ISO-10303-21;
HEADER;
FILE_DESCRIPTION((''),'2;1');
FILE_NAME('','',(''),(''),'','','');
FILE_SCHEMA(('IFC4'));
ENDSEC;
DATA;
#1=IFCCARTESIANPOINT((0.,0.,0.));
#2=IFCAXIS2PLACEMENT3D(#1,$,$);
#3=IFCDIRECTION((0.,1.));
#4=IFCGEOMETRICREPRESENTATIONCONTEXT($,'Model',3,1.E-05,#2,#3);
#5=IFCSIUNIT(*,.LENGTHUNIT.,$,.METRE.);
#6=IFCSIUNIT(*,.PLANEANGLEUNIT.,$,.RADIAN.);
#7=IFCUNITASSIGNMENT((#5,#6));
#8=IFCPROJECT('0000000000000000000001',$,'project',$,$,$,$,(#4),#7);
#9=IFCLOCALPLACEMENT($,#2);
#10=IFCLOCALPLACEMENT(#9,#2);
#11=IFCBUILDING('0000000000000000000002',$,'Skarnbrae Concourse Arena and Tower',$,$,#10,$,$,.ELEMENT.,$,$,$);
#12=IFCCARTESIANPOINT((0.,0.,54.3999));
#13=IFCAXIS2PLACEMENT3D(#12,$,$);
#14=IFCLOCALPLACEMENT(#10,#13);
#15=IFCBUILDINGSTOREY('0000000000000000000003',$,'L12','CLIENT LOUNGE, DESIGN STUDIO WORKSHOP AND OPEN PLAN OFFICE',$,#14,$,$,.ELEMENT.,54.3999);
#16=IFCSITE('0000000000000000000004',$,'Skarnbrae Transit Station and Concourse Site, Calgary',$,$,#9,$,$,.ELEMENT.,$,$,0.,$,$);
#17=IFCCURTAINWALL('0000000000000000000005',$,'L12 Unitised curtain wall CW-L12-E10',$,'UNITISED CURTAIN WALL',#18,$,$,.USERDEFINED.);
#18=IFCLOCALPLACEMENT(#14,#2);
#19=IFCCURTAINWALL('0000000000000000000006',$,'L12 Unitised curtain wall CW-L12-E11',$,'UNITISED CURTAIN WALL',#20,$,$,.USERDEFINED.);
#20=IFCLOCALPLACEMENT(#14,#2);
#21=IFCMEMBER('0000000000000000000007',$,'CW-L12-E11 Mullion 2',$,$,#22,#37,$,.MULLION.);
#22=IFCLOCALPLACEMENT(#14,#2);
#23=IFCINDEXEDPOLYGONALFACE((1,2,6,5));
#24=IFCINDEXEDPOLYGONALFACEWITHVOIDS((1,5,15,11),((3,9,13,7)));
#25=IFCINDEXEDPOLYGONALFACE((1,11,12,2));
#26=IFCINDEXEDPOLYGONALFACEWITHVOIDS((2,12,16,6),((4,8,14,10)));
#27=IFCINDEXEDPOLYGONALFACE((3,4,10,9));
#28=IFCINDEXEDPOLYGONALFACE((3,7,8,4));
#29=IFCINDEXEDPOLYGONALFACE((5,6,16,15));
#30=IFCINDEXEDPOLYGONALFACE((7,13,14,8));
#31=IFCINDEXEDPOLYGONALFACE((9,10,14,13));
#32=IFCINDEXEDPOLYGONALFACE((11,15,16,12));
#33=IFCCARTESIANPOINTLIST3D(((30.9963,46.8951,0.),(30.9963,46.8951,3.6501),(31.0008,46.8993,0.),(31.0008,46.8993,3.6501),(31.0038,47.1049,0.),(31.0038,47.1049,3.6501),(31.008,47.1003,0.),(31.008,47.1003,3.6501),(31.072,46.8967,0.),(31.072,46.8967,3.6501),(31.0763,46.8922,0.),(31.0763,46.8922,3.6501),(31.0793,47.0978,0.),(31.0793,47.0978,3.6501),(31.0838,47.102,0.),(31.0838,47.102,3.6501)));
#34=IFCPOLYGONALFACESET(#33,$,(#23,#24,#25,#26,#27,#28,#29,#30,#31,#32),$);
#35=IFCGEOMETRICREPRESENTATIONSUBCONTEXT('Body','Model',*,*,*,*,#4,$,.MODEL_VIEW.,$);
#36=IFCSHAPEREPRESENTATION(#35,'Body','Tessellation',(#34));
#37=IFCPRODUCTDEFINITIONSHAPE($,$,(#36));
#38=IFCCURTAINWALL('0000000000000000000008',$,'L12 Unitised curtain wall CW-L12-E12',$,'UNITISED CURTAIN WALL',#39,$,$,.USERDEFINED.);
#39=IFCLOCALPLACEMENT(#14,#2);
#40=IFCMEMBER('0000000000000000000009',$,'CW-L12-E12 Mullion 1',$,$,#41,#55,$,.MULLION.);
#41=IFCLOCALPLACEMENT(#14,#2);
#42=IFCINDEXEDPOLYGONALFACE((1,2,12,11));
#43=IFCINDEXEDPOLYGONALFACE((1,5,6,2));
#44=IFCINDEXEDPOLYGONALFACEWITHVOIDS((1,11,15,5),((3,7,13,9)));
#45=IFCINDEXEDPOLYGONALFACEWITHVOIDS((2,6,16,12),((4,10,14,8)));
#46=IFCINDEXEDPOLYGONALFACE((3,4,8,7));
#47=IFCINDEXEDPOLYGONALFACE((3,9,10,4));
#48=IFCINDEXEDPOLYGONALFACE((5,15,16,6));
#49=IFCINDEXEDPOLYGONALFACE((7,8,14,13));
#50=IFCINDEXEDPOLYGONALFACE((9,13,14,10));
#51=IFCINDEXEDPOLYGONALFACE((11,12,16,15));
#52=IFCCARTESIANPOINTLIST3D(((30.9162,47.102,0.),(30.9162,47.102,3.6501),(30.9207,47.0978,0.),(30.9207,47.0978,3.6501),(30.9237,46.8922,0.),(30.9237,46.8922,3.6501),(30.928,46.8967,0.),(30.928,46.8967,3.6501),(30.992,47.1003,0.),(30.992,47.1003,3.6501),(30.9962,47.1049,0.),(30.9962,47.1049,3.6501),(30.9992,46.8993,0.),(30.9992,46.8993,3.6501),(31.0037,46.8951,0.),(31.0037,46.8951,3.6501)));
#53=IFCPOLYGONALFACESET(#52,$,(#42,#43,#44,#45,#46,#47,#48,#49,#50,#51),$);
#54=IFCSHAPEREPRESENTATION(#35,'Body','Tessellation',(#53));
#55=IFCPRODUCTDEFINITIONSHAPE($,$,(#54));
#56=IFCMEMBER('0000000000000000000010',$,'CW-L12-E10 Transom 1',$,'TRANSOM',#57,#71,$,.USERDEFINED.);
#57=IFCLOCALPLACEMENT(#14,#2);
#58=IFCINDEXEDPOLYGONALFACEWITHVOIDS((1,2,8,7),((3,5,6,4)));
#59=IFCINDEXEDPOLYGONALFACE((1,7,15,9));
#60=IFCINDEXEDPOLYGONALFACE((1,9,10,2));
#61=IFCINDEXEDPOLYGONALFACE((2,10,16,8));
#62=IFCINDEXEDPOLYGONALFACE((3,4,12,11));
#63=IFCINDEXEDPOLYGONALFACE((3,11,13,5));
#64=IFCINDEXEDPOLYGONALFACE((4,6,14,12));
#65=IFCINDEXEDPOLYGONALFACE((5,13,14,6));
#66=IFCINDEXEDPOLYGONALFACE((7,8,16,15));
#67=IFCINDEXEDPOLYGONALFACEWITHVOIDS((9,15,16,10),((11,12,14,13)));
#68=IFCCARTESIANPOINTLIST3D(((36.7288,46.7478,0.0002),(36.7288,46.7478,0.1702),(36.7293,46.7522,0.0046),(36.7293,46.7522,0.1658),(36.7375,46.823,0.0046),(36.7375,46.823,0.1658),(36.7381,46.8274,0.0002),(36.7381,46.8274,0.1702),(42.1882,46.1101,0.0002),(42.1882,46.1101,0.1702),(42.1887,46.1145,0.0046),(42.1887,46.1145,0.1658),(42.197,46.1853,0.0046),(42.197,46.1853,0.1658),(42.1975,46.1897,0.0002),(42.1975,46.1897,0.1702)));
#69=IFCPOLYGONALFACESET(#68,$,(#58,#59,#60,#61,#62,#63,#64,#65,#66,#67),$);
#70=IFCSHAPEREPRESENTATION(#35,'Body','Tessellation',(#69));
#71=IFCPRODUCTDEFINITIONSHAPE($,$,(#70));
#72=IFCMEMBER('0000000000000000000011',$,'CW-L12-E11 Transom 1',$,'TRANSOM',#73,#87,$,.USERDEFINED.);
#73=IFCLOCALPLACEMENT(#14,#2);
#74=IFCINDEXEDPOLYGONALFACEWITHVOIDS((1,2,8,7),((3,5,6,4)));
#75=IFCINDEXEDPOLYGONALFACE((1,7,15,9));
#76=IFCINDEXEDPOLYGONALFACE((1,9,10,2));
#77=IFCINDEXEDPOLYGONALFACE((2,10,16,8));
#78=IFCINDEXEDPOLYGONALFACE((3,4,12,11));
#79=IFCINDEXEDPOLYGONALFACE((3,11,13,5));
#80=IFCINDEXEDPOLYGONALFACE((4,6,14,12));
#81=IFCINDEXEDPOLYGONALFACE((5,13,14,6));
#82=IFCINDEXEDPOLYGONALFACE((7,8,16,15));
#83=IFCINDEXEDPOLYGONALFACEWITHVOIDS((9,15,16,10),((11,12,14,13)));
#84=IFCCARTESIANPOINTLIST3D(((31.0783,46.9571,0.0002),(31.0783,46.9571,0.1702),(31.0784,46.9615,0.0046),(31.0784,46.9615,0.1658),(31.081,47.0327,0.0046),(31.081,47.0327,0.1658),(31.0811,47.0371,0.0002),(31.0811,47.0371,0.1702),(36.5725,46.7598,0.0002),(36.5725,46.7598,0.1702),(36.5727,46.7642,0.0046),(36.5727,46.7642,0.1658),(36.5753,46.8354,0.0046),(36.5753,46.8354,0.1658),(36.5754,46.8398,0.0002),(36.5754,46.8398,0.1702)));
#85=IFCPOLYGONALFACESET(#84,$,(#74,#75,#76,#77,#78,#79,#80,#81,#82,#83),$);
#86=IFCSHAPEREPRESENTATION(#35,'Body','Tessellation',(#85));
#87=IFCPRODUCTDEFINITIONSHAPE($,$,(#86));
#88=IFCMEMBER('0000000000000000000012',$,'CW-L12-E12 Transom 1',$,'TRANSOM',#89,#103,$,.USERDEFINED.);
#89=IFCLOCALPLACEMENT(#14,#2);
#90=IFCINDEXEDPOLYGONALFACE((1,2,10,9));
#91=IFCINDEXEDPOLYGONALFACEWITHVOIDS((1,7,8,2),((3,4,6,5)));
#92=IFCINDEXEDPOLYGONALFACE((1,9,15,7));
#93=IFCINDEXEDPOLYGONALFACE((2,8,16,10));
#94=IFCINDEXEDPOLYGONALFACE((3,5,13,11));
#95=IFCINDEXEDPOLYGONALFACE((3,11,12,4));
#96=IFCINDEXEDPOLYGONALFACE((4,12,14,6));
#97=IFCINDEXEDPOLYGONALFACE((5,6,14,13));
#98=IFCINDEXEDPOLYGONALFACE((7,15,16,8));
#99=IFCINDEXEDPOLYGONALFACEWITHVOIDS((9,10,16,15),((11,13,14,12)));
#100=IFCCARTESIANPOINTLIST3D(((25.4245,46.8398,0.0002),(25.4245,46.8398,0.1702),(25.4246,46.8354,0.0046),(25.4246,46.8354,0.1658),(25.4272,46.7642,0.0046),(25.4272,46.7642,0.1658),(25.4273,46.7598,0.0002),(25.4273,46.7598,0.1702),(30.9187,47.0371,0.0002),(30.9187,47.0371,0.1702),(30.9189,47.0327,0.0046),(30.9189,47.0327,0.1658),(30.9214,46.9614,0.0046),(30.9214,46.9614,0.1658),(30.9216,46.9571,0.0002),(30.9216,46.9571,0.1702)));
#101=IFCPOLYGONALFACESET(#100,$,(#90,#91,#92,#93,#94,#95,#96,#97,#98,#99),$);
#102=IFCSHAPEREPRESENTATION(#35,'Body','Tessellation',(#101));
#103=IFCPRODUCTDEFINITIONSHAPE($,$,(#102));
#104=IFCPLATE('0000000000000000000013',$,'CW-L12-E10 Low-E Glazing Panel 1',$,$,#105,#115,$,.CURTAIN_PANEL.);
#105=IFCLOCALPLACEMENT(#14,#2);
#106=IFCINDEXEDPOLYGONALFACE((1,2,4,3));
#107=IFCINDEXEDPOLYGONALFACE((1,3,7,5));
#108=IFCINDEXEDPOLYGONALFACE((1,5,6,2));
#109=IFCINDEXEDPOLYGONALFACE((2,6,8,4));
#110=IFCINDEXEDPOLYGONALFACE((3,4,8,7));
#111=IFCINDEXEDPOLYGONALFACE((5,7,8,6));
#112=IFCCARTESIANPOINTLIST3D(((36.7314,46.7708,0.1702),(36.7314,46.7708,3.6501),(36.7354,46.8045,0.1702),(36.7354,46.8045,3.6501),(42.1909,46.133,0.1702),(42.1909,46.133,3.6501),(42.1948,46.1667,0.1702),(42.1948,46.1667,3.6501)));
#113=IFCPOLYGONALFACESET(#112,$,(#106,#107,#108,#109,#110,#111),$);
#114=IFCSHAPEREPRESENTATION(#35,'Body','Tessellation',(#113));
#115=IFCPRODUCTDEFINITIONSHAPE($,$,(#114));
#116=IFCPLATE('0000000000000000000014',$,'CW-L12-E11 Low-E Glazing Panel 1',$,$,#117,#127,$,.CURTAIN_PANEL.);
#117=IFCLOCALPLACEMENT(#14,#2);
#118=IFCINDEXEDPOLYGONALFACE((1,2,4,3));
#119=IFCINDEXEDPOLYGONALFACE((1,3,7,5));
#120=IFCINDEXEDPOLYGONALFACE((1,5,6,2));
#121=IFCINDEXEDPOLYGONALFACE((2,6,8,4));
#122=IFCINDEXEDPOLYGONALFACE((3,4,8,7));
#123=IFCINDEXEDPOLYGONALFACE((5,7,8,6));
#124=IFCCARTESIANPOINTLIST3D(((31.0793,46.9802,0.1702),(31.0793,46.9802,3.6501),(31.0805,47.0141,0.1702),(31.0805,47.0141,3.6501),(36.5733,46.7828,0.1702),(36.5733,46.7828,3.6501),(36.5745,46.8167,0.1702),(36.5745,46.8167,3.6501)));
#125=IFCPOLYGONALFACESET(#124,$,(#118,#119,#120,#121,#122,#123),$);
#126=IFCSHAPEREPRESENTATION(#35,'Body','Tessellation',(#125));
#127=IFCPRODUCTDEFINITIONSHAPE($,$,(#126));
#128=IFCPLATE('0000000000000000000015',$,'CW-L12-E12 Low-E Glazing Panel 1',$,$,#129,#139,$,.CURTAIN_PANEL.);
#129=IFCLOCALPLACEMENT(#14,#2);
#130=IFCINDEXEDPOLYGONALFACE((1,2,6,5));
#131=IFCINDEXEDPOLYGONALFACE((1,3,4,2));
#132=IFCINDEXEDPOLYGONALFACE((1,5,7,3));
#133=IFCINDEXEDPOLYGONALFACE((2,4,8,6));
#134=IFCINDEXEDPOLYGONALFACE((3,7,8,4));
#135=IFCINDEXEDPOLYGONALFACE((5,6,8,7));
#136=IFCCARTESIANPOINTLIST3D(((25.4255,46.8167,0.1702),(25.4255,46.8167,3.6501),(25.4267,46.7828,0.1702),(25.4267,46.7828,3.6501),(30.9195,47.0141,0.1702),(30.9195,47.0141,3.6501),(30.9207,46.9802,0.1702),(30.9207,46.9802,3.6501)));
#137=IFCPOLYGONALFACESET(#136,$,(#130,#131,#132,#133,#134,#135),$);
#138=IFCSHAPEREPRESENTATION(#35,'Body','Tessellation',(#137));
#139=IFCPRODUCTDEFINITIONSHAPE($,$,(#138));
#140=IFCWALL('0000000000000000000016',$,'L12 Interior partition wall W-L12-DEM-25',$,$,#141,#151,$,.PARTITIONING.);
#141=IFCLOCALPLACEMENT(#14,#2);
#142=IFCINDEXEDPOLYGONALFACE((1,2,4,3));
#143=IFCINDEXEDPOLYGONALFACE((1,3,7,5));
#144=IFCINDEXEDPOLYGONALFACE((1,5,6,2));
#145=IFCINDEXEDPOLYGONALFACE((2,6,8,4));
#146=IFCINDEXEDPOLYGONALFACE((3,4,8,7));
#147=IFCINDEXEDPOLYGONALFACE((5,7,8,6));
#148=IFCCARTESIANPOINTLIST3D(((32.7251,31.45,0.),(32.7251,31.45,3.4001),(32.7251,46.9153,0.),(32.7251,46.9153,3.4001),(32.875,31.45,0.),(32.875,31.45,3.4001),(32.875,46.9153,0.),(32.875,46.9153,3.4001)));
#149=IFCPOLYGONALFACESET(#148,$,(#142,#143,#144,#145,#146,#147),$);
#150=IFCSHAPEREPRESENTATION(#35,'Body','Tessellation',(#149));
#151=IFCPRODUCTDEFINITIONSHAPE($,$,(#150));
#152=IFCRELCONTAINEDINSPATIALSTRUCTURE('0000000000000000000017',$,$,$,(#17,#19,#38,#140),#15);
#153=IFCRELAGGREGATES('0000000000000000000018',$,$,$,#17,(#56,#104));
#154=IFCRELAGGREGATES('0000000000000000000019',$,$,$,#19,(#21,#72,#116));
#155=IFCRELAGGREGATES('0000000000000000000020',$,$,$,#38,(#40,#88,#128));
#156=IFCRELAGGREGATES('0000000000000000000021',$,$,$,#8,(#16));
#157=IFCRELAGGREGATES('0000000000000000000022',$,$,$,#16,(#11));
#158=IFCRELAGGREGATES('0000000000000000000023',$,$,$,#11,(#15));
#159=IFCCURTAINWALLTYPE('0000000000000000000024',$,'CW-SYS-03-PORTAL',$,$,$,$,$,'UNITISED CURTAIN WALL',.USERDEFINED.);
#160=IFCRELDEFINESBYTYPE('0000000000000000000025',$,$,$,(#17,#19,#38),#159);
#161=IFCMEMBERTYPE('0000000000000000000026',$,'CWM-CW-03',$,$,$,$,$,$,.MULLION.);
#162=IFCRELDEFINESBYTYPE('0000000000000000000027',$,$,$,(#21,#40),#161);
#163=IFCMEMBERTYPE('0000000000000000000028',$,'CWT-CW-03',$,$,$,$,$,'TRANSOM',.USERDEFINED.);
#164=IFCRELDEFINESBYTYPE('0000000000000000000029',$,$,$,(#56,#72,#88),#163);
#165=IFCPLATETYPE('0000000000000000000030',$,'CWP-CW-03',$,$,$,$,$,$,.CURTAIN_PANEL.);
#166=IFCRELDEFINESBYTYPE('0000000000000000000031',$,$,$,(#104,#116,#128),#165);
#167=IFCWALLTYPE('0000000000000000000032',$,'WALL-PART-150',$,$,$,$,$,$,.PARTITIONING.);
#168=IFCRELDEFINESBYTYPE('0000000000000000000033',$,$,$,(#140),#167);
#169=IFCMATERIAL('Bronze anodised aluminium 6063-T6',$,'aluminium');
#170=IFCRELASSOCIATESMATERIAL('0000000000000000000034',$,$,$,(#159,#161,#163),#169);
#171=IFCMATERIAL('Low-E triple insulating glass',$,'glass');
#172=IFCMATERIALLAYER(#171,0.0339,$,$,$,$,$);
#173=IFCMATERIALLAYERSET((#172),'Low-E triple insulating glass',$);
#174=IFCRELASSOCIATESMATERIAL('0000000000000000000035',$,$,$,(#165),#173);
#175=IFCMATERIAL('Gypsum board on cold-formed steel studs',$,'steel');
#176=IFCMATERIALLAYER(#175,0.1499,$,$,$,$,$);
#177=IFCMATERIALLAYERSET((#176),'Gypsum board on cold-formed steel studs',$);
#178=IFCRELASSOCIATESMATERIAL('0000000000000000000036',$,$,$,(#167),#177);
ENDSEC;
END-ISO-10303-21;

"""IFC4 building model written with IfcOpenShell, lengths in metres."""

from ifc_helpers import new_model, si_unit, direction, frame, frame_2d, origin, origin_2d, place, context, subcontext, project, spatial, rectangle, hollow_rectangle, extrude, source, transform, mapped, material, layer, layer_set, material_profile, profile_set, type_object, element, aggregate, save


model = new_model("IFC4")

# Units and contexts
model_context = context("Model", 3, precision=1e-05, world=origin(), true_north=direction((0.0, 1.0)))
body_context = subcontext(model_context, "Body", "Model", "MODEL_VIEW")
ifc_project = project(units=[si_unit("LENGTHUNIT", "METRE"), si_unit("PLANEANGLEUNIT", "RADIAN")], contexts=[model_context])

# Site, building, storey
site_placement = place(None, origin())
site = spatial("IfcSite", under=ifc_project, at=site_placement, Name="Skarnbrae Transit Station and Concourse Site, Calgary", CompositionType="ELEMENT", RefElevation=0.0)
building_placement = place(site_placement, origin())
building = spatial("IfcBuilding", under=site, at=building_placement, Name="Skarnbrae Concourse Arena and Tower", CompositionType="ELEMENT")
storey_placement = place(building_placement, frame((0.0, 0.0, 54.3999)))
storey = spatial("IfcBuildingStorey", under=building, at=storey_placement, Name="L12", Description="CLIENT LOUNGE, DESIGN STUDIO WORKSHOP AND OPEN PLAN OFFICE", CompositionType="ELEMENT", Elevation=54.3999)

# Curtain wall
ifc_material_1 = material(Name="Bronze anodised aluminium 6063-T6", Category="aluminium")
curtain_wall_type = type_object("IfcCurtainWallType", Name="CW-SYS-03-PORTAL", ElementType="UNITISED CURTAIN WALL", PredefinedType="USERDEFINED", material=ifc_material_1)
curtain_wall_1_placement = place(storey_placement, origin())
curtain_wall_1 = element("IfcCurtainWall", 1, at=curtain_wall_1_placement, inside=storey, type_object=curtain_wall_type, Name="L12 Unitised curtain wall CW-L12-E10", ObjectType="UNITISED CURTAIN WALL", PredefinedType="USERDEFINED")
ifc_material_profile_1 = material_profile(ifc_material_1, hollow_rectangle(XDim=0.0801, YDim=0.21, WallThickness=0.0044, at=origin_2d()), Name="ALU-MULL-80X210")
ifc_profile_set_1 = profile_set([ifc_material_profile_1], Name="Bronze anodised aluminium 6063-T6")
member_type_1 = type_object("IfcMemberType", Name="CWM-CW-03", PredefinedType="MULLION", material=ifc_profile_set_1)
shared_shape_1 = source(origin(), body_context, "Body", "SweptSolid", [
    extrude(hollow_rectangle(XDim=0.0801, YDim=0.21, WallThickness=0.0044, at=origin_2d()), origin(), (0.0, 0.0, 1.0), 3.6501),
])

# Curtain wall, member
curtain_wall_2_placement = place(storey_placement, origin())
curtain_wall_2 = element("IfcCurtainWall", 2, at=curtain_wall_2_placement, inside=storey, type_object=curtain_wall_type, Name="L12 Unitised curtain wall CW-L12-E11", ObjectType="UNITISED CURTAIN WALL", PredefinedType="USERDEFINED")
member_1_placement = place(storey_placement, frame((31.04, 46.9985, 0.0), z_axis=(0.0, 0.0, 1.0), x_axis=(-0.999355, 0.035899, 0.0)))
member_1 = element("IfcMember", 3, at=member_1_placement, type_object=member_type_1, Name="CW-L12-E11 Mullion 2", PredefinedType="MULLION", context=body_context, shape_type="MappedRepresentation", body=[
    mapped(shared_shape_1, transform((0.0, 0.0, 0.0))),
])

# Curtain wall, member
curtain_wall_3_placement = place(storey_placement, origin())
curtain_wall_3 = element("IfcCurtainWall", 4, at=curtain_wall_3_placement, inside=storey, type_object=curtain_wall_type, Name="L12 Unitised curtain wall CW-L12-E12", ObjectType="UNITISED CURTAIN WALL", PredefinedType="USERDEFINED")
member_2_placement = place(storey_placement, frame((30.96, 46.9985, 0.0), z_axis=(0.0, 0.0, 1.0), x_axis=(-0.999355, -0.035899, 0.0)))
member_2 = element("IfcMember", 5, at=member_2_placement, type_object=member_type_1, Name="CW-L12-E12 Mullion 1", PredefinedType="MULLION", context=body_context, shape_type="MappedRepresentation", body=[
    mapped(shared_shape_1, transform((0.0, 0.0, 0.0))),
])

# Members
ifc_material_profile_2 = material_profile(ifc_material_1, hollow_rectangle(XDim=0.0801, YDim=0.1699, WallThickness=0.0044, at=origin_2d()), Name="ALU-TRAN-80X170")
ifc_profile_set_2 = profile_set([ifc_material_profile_2], Name="Bronze anodised aluminium 6063-T6")
member_type_2 = type_object("IfcMemberType", Name="CWT-CW-03", ElementType="TRANSOM", PredefinedType="USERDEFINED", material=ifc_profile_set_2)
shared_shape_2 = source(origin(), body_context, "Body", "SweptSolid", [
    extrude(hollow_rectangle(XDim=0.0801, YDim=0.1699, WallThickness=0.0044, at=origin_2d()), origin(), (0.0, 0.0, 1.0), 5.4966),
])
member_3_placement = place(storey_placement, frame((42.1929, 46.1499, 0.0852), z_axis=(-0.993247, 0.116017, 0.0), x_axis=(-0.116017, -0.993247, 0.0)))
member_3 = element("IfcMember", 6, at=member_3_placement, type_object=member_type_2, Name="CW-L12-E10 Transom 1", ObjectType="TRANSOM", PredefinedType="USERDEFINED", context=body_context, shape_type="MappedRepresentation", body=[
    mapped(shared_shape_2, transform((0.0, 0.0, 0.0))),
])
shared_shape_3 = source(origin(), body_context, "Body", "SweptSolid", [
    extrude(hollow_rectangle(XDim=0.0801, YDim=0.1699, WallThickness=0.0044, at=origin_2d()), origin(), (0.0, 0.0, 1.0), 5.4978),
])
member_4_placement = place(storey_placement, frame((36.574, 46.7998, 0.0852), z_axis=(-0.999356, 0.035882, 0.0), x_axis=(-0.035882, -0.999356, 0.0)))
member_4 = element("IfcMember", 7, at=member_4_placement, type_object=member_type_2, Name="CW-L12-E11 Transom 1", ObjectType="TRANSOM", PredefinedType="USERDEFINED", context=body_context, shape_type="MappedRepresentation", body=[
    mapped(shared_shape_3, transform((0.0, 0.0, 0.0))),
])
member_5_placement = place(storey_placement, frame((30.9202, 46.9971, 0.0852), z_axis=(-0.999356, -0.035882, 0.0), x_axis=(0.035882, -0.999356, 0.0)))
member_5 = element("IfcMember", 8, at=member_5_placement, type_object=member_type_2, Name="CW-L12-E12 Transom 1", ObjectType="TRANSOM", PredefinedType="USERDEFINED", context=body_context, shape_type="MappedRepresentation", body=[
    mapped(shared_shape_3, transform((0.0, 0.0, 0.0))),
])

# Plates
ifc_material_2 = material(Name="Low-E triple insulating glass", Category="glass")
ifc_layer_1 = layer(ifc_material_2, 0.0339)
ifc_layer_set_1 = layer_set([ifc_layer_1], Name="Low-E triple insulating glass")
plate_type = type_object("IfcPlateType", Name="CWP-CW-03", PredefinedType="CURTAIN_PANEL", material=ifc_layer_set_1)
shared_shape_4 = source(origin(), body_context, "Body", "SweptSolid", [
    extrude(rectangle(XDim=5.4966, YDim=0.0339, at=origin_2d()), origin(), (0.0, 0.0, 1.0), 3.48),
])
plate_1_placement = place(storey_placement, frame((39.4631, 46.4688, 0.1702), z_axis=(0.0, 0.0, 1.0), x_axis=(-0.993245, 0.11604, 0.0)))
plate_1 = element("IfcPlate", 9, at=plate_1_placement, type_object=plate_type, Name="CW-L12-E10 Low-E Glazing Panel 1", PredefinedType="CURTAIN_PANEL", context=body_context, shape_type="MappedRepresentation", body=[
    mapped(shared_shape_4, transform((0.0, 0.0, 0.0))),
])
aggregate(curtain_wall_1, [member_3, plate_1])
shared_shape_5 = source(origin(), body_context, "Body", "SweptSolid", [
    extrude(rectangle(XDim=5.4976, YDim=0.0339, at=origin_2d()), origin(), (0.0, 0.0, 1.0), 3.48),
])
plate_2_placement = place(storey_placement, frame((33.8269, 46.8984, 0.1702), z_axis=(0.0, 0.0, 1.0), x_axis=(-0.999355, 0.035899, 0.0)))
plate_2 = element("IfcPlate", 10, at=plate_2_placement, type_object=plate_type, Name="CW-L12-E11 Low-E Glazing Panel 1", PredefinedType="CURTAIN_PANEL", context=body_context, shape_type="MappedRepresentation", body=[
    mapped(shared_shape_5, transform((0.0, 0.0, 0.0))),
])
aggregate(curtain_wall_2, [member_1, member_4, plate_2])
plate_3_placement = place(storey_placement, frame((28.1731, 46.8984, 0.1702), z_axis=(0.0, 0.0, 1.0), x_axis=(-0.999355, -0.035899, 0.0)))
plate_3 = element("IfcPlate", 11, at=plate_3_placement, type_object=plate_type, Name="CW-L12-E12 Low-E Glazing Panel 1", PredefinedType="CURTAIN_PANEL", context=body_context, shape_type="MappedRepresentation", body=[
    mapped(shared_shape_5, transform((0.0, 0.0, 0.0))),
])
aggregate(curtain_wall_3, [member_2, member_5, plate_3])

# Wall
ifc_material_3 = material(Name="Gypsum board on cold-formed steel studs", Category="steel")
ifc_layer_2 = layer(ifc_material_3, 0.1499)
ifc_layer_set_2 = layer_set([ifc_layer_2], Name="Gypsum board on cold-formed steel studs")
wall_type = type_object("IfcWallType", Name="WALL-PART-150", PredefinedType="PARTITIONING", material=ifc_layer_set_2)
shared_shape_6 = source(origin(), body_context, "Body", "SweptSolid", [
    extrude(rectangle(XDim=15.4653, YDim=0.1499, at=frame_2d((7.7327, 0.0))), origin(), (0.0, 0.0, 1.0), 3.4001),
])
wall_placement = place(storey_placement, frame((32.8, 46.9153, 0.0), z_axis=(0.0, 0.0, 1.0), x_axis=(0.0, -1.0, 0.0)))
element("IfcWall", 12, at=wall_placement, inside=storey, type_object=wall_type, Name="L12 Interior partition wall W-L12-DEM-25", PredefinedType="PARTITIONING", context=body_context, shape_type="MappedRepresentation", body=[
    mapped(shared_shape_6, transform((0.0, 0.0, 0.0))),
])

save(model, "model.ifc")
